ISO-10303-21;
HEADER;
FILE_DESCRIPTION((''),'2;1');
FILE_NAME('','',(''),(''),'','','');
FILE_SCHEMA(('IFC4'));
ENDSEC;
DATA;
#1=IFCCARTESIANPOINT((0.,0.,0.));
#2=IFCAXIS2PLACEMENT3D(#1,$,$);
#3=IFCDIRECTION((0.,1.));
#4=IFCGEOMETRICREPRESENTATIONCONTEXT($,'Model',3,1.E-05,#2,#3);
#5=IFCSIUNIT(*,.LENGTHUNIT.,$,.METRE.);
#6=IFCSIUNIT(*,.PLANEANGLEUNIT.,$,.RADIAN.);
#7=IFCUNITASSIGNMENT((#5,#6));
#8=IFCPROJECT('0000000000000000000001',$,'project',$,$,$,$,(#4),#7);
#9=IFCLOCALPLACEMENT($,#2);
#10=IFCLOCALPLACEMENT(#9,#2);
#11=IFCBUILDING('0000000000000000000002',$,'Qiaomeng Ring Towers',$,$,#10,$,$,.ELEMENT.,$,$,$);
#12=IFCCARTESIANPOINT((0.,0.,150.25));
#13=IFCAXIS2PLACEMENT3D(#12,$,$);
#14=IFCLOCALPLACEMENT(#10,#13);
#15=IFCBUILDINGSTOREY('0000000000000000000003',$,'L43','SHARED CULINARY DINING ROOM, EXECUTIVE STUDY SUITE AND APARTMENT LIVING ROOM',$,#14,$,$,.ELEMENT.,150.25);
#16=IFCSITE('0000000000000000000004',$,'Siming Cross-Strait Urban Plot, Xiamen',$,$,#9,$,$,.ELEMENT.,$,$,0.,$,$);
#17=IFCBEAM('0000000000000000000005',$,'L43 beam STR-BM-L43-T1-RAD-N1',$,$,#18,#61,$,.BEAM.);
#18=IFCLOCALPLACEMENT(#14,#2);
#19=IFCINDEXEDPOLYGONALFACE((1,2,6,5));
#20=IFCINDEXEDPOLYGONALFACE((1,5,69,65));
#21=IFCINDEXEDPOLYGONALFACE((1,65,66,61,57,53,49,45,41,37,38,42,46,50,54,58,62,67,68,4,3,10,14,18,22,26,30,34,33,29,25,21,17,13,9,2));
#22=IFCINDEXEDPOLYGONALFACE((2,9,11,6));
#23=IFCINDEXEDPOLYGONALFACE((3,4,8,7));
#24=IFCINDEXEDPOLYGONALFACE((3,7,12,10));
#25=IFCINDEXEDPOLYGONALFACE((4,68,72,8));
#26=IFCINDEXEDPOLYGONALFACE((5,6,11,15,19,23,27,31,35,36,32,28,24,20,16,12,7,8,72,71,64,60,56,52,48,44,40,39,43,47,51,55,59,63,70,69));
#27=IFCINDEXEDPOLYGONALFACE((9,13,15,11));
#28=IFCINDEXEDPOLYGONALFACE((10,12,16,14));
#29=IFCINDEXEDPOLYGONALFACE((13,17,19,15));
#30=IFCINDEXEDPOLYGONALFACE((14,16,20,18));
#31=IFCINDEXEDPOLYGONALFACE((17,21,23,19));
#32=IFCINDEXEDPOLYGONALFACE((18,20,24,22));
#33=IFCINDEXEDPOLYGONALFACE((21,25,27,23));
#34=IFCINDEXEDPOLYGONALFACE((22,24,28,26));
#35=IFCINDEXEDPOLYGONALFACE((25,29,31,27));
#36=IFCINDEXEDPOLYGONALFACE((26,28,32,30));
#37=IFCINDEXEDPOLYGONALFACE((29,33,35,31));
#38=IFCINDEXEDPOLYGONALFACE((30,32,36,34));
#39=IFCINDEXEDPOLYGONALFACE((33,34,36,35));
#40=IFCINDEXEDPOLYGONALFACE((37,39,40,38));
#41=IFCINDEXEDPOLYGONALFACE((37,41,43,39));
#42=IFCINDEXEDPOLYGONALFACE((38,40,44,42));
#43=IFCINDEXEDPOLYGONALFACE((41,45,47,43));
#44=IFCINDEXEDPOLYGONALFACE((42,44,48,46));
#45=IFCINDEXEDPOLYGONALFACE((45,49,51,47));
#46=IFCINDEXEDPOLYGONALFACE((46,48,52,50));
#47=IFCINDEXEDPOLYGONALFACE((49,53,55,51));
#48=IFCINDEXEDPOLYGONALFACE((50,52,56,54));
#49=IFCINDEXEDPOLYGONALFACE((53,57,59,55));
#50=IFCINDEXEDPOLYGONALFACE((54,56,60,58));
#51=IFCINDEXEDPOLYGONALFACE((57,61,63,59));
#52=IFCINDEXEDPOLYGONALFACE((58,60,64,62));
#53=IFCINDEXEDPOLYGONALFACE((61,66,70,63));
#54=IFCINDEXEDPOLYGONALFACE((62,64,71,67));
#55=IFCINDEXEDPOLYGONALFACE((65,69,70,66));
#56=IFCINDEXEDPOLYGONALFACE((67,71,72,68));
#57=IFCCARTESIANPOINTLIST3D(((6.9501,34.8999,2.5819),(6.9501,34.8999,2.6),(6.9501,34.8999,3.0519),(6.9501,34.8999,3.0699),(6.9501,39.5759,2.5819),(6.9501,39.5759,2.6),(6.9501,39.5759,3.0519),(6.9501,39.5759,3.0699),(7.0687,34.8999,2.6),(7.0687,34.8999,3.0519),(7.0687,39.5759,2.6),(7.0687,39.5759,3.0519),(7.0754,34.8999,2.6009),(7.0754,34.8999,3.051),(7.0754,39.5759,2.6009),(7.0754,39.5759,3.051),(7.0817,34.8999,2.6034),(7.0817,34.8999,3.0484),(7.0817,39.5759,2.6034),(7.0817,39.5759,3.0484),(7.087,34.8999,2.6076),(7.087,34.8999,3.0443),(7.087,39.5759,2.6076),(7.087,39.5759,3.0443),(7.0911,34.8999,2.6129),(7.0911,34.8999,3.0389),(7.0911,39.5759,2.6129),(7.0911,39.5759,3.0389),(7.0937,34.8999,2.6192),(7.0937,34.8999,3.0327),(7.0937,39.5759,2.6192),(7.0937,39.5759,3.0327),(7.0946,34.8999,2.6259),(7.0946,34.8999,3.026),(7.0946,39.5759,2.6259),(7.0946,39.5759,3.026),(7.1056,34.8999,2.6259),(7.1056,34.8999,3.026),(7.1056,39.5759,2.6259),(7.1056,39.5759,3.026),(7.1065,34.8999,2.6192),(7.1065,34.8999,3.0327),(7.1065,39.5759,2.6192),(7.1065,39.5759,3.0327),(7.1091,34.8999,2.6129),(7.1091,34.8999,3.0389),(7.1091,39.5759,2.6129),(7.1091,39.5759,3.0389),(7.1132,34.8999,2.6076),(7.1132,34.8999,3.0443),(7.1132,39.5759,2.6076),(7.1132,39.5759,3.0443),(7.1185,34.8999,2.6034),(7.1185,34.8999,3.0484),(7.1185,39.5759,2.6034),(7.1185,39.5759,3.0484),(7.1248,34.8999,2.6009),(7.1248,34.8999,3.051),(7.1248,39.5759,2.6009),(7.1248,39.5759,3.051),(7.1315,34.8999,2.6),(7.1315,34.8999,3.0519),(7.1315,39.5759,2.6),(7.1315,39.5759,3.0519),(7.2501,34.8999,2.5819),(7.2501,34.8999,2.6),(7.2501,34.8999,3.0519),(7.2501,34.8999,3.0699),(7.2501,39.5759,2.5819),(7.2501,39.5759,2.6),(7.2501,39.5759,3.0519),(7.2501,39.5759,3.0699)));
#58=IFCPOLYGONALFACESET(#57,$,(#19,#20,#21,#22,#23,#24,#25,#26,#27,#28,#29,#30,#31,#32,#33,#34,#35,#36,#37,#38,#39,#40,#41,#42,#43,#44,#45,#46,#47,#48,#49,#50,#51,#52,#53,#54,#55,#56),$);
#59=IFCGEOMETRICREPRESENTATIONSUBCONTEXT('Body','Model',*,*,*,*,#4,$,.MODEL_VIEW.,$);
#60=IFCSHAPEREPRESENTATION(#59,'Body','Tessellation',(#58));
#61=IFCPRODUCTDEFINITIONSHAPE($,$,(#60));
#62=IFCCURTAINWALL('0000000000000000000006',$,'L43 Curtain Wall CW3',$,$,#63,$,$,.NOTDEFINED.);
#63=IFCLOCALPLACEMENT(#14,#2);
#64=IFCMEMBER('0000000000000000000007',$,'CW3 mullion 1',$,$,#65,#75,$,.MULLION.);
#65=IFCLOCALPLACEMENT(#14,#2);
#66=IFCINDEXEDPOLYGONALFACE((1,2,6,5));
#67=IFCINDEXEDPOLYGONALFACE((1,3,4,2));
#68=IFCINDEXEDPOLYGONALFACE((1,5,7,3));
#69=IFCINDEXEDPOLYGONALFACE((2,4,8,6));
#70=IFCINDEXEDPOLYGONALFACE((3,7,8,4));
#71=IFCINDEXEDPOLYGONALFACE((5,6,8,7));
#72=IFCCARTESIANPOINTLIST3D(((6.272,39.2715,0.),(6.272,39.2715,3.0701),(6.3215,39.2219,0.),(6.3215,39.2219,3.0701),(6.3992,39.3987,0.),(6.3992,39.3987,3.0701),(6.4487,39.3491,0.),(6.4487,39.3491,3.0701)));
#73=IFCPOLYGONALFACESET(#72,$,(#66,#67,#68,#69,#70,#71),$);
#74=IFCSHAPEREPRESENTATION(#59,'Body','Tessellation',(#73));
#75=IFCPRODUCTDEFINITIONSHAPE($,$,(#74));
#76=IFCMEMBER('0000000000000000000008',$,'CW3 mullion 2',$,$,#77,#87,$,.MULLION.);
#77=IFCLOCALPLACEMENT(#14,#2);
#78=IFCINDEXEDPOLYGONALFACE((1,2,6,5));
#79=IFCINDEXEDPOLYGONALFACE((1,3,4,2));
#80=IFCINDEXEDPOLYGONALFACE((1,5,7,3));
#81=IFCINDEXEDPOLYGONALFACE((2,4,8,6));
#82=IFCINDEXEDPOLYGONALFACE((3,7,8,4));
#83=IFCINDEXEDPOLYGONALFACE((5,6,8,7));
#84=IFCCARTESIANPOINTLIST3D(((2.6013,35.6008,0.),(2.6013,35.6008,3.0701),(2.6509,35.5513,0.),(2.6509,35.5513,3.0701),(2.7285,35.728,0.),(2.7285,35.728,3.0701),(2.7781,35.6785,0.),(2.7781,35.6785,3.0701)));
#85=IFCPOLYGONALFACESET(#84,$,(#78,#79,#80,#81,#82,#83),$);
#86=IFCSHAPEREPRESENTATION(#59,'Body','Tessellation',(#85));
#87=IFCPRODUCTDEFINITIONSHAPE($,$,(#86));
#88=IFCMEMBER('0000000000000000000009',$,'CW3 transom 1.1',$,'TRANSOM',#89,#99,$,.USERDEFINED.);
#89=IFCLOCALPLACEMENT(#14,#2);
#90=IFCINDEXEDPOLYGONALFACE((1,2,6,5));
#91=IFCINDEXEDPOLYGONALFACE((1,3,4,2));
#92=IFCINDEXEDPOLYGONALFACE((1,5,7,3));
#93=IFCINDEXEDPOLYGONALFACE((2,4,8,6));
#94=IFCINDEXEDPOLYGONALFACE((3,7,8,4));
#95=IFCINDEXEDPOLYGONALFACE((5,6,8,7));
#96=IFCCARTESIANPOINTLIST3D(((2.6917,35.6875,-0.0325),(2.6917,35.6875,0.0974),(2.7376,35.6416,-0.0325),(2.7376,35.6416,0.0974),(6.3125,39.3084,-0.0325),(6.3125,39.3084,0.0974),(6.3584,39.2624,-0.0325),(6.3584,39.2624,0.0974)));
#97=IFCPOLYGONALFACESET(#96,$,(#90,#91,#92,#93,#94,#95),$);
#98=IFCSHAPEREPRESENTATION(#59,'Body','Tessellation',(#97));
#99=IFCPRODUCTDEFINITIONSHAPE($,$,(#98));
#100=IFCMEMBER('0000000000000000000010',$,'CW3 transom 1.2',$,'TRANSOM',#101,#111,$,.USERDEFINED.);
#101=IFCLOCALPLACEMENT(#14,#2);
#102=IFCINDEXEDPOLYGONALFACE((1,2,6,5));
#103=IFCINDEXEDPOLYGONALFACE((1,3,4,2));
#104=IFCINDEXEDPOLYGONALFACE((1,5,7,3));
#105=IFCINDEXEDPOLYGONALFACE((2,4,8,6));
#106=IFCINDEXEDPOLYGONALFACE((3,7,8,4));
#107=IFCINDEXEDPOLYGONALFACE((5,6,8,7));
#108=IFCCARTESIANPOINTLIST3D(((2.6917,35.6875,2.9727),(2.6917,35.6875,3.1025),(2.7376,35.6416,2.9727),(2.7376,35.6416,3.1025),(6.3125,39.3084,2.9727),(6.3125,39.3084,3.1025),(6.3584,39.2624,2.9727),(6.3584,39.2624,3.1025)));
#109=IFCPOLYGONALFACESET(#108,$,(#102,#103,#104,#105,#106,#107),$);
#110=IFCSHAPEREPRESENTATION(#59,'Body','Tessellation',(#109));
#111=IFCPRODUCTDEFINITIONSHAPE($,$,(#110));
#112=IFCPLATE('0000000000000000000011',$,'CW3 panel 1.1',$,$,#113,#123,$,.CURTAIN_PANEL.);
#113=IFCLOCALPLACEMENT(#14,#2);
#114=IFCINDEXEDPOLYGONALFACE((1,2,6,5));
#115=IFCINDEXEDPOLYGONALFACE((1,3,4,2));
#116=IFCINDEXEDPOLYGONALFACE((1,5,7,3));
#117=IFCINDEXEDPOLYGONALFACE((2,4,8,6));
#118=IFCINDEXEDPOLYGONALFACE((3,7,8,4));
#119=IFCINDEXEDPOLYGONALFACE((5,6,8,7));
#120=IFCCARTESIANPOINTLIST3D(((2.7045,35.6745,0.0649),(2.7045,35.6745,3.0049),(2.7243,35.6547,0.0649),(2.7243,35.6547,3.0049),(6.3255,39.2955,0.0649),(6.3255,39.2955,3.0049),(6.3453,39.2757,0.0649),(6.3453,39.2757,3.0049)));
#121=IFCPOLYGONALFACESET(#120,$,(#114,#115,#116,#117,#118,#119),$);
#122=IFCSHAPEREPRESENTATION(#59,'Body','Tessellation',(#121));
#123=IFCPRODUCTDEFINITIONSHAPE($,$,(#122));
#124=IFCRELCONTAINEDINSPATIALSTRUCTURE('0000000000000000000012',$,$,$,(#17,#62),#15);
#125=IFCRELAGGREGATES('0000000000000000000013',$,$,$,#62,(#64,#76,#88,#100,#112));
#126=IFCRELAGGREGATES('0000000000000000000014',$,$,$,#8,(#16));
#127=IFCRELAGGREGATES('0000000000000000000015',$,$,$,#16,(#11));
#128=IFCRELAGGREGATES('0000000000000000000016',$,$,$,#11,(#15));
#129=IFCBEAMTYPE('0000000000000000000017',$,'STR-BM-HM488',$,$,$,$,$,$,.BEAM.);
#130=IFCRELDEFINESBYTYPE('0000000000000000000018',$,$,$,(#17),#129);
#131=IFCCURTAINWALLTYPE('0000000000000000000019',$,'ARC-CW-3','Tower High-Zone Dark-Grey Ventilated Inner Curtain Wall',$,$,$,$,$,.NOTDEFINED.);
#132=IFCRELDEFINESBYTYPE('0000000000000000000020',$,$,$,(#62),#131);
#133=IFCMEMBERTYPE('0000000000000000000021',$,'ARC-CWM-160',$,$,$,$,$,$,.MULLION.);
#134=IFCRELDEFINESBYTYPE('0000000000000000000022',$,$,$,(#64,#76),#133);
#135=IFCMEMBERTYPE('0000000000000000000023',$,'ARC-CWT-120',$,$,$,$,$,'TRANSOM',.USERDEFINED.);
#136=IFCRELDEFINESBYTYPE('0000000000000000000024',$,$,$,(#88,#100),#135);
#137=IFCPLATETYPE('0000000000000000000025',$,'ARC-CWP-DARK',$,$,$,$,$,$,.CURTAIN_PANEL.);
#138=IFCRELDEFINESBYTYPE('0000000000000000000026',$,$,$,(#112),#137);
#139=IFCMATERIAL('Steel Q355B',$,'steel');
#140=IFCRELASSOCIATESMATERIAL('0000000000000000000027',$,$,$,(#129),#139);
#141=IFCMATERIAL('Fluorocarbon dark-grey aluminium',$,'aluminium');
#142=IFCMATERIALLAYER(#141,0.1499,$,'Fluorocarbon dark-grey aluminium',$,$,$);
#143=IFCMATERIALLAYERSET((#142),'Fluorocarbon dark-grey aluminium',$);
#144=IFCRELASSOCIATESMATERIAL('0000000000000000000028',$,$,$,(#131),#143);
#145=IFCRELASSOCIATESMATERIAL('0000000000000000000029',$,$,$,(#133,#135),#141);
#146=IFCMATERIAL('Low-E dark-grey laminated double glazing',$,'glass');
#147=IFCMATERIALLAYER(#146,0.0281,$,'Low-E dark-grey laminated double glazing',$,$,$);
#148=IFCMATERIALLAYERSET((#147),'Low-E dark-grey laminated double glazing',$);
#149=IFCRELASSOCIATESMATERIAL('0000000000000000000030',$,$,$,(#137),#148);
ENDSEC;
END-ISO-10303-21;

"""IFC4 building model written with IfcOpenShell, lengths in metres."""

from ifc_helpers import new_model, si_unit, direction, frame, origin, origin_2d, place, context, subcontext, project, spatial, rectangle, i_section, extrude, source, transform, mapped, material, layer, layer_set, material_profile, profile_set, type_object, element, aggregate, save


model = new_model("IFC4")

# Units and contexts
model_context = context("Model", 3, precision=1e-05, world=origin(), true_north=direction((0.0, 1.0)))
body_context = subcontext(model_context, "Body", "Model", "MODEL_VIEW")
ifc_project = project(units=[si_unit("LENGTHUNIT", "METRE"), si_unit("PLANEANGLEUNIT", "RADIAN")], contexts=[model_context])

# Site, building, storey
site_placement = place(None, origin())
site = spatial("IfcSite", under=ifc_project, at=site_placement, Name="Siming Cross-Strait Urban Plot, Xiamen", CompositionType="ELEMENT", RefElevation=0.0)
building_placement = place(site_placement, origin())
building = spatial("IfcBuilding", under=site, at=building_placement, Name="Qiaomeng Ring Towers", CompositionType="ELEMENT")
storey_placement = place(building_placement, frame((0.0, 0.0, 150.25)))
storey = spatial("IfcBuildingStorey", under=building, at=storey_placement, Name="L43", Description="SHARED CULINARY DINING ROOM, EXECUTIVE STUDY SUITE AND APARTMENT LIVING ROOM", CompositionType="ELEMENT", Elevation=150.25)

# Beam
ifc_material_1 = material(Name="Steel Q355B", Category="steel")
ifc_material_profile_1 = material_profile(ifc_material_1, i_section(OverallWidth=0.3, OverallDepth=0.488, WebThickness=0.011, FlangeThickness=0.0181, FilletRadius=0.0259, at=origin_2d()), Name="HM 488x300x11x18")
ifc_profile_set_1 = profile_set([ifc_material_profile_1], Name="Steel Q355B")
beam_type_1 = type_object("IfcBeamType", Name="STR-BM-HM488", PredefinedType="BEAM", material=ifc_profile_set_1)
shared_shape_1 = source(origin(), body_context, "Body", "SweptSolid", [
    extrude(i_section(OverallWidth=0.3, OverallDepth=0.488, WebThickness=0.011, FlangeThickness=0.0181, FilletRadius=0.0259, at=origin_2d()), origin(), (0.0, 0.0, 1.0), 4.676),
])
beam_1_placement = place(storey_placement, frame((7.1001, 39.5759, 2.8259), z_axis=(0.0, -1.0, 0.0), x_axis=(1.0, 0.0, 0.0)))
element("IfcBeam", 1, at=beam_1_placement, inside=storey, type_object=beam_type_1, Name="L43 beam STR-BM-L43-T1-RAD-N1", PredefinedType="BEAM", context=body_context, shape_type="MappedRepresentation", body=[
    mapped(shared_shape_1, transform((0.0, 0.0, 0.0), x_axis=(1.0, 0.0, 0.0), y_axis=(0.0, 1.0, 0.0), z_axis=(0.0, 0.0, 1.0), scale=1.0)),
])

# Curtain wall, members, plate
ifc_material_2 = material(Name="Fluorocarbon dark-grey aluminium", Category="aluminium")
ifc_layer_1 = layer(ifc_material_2, 0.1499, Name="Fluorocarbon dark-grey aluminium")
ifc_layer_set_1 = layer_set([ifc_layer_1], Name="Fluorocarbon dark-grey aluminium")
curtain_wall_type = type_object("IfcCurtainWallType", Name="ARC-CW-3", Description="Tower High-Zone Dark-Grey Ventilated Inner Curtain Wall", PredefinedType="NOTDEFINED", material=ifc_layer_set_1)
curtain_wall_placement = place(storey_placement, origin())
curtain_wall = element("IfcCurtainWall", 2, at=curtain_wall_placement, inside=storey, type_object=curtain_wall_type, Name="L43 Curtain Wall CW3", PredefinedType="NOTDEFINED")
ifc_material_profile_2 = material_profile(ifc_material_2, rectangle(XDim=0.0701, YDim=0.1799, at=origin_2d()), Name="ALU MULL 70x180")
ifc_profile_set_2 = profile_set([ifc_material_profile_2], Name="Fluorocarbon dark-grey aluminium")
member_type_1 = type_object("IfcMemberType", Name="ARC-CWM-160", PredefinedType="MULLION", material=ifc_profile_set_2)
shared_shape_2 = source(origin(), body_context, "Body", "SweptSolid", [
    extrude(rectangle(XDim=0.0701, YDim=0.1799, at=origin_2d()), origin(), (0.0, 0.0, 1.0), 3.0701),
])
member_1_placement = place(storey_placement, frame((6.3604, 39.3103, 0.0), z_axis=(0.0, 0.0, 1.0), x_axis=(0.707107, -0.707107, 0.0)))
member_1 = element("IfcMember", 3, at=member_1_placement, type_object=member_type_1, Name="CW3 mullion 1", PredefinedType="MULLION", context=body_context, shape_type="MappedRepresentation", body=[
    mapped(shared_shape_2, transform((0.0, 0.0, 0.0), x_axis=(1.0, 0.0, 0.0), y_axis=(0.0, 1.0, 0.0), z_axis=(0.0, 0.0, 1.0), scale=1.0)),
])
member_2_placement = place(storey_placement, frame((2.6897, 35.6396, 0.0), z_axis=(0.0, 0.0, 1.0), x_axis=(0.707107, -0.707107, 0.0)))
member_2 = element("IfcMember", 4, at=member_2_placement, type_object=member_type_1, Name="CW3 mullion 2", PredefinedType="MULLION", context=body_context, shape_type="MappedRepresentation", body=[
    mapped(shared_shape_2, transform((0.0, 0.0, 0.0), x_axis=(1.0, 0.0, 0.0), y_axis=(0.0, 1.0, 0.0), z_axis=(0.0, 0.0, 1.0), scale=1.0)),
])
ifc_material_profile_3 = material_profile(ifc_material_2, rectangle(XDim=0.0649, YDim=0.1299, at=origin_2d()), Name="ALU TRAN 65x130")
ifc_profile_set_3 = profile_set([ifc_material_profile_3], Name="Fluorocarbon dark-grey aluminium")
member_type_2 = type_object("IfcMemberType", Name="ARC-CWT-120", ElementType="TRANSOM", PredefinedType="USERDEFINED", material=ifc_profile_set_3)
shared_shape_3 = source(origin(), body_context, "Body", "SweptSolid", [
    extrude(rectangle(XDim=0.0649, YDim=0.1299, at=origin_2d()), origin(), (0.0, 0.0, 1.0), 5.1206),
])
member_3_placement = place(storey_placement, frame((6.3354, 39.2854, 0.0325), z_axis=(-0.707107, -0.707107, 0.0), x_axis=(0.707107, -0.707107, 0.0)))
member_3 = element("IfcMember", 5, at=member_3_placement, type_object=member_type_2, Name="CW3 transom 1.1", ObjectType="TRANSOM", PredefinedType="USERDEFINED", context=body_context, shape_type="MappedRepresentation", body=[
    mapped(shared_shape_3, transform((0.0, 0.0, 0.0), x_axis=(1.0, 0.0, 0.0), y_axis=(0.0, 1.0, 0.0), z_axis=(0.0, 0.0, 1.0), scale=1.0)),
])
member_4_placement = place(storey_placement, frame((6.3354, 39.2854, 3.0376), z_axis=(-0.707107, -0.707107, 0.0), x_axis=(0.707107, -0.707107, 0.0)))
member_4 = element("IfcMember", 6, at=member_4_placement, type_object=member_type_2, Name="CW3 transom 1.2", ObjectType="TRANSOM", PredefinedType="USERDEFINED", context=body_context, shape_type="MappedRepresentation", body=[
    mapped(shared_shape_3, transform((0.0, 0.0, 0.0), x_axis=(1.0, 0.0, 0.0), y_axis=(0.0, 1.0, 0.0), z_axis=(0.0, 0.0, 1.0), scale=1.0)),
])
ifc_material_3 = material(Name="Low-E dark-grey laminated double glazing", Category="glass")
ifc_layer_2 = layer(ifc_material_3, 0.0281, Name="Low-E dark-grey laminated double glazing")
ifc_layer_set_2 = layer_set([ifc_layer_2], Name="Low-E dark-grey laminated double glazing")
plate_type = type_object("IfcPlateType", Name="ARC-CWP-DARK", PredefinedType="CURTAIN_PANEL", material=ifc_layer_set_2)
shared_shape_4 = source(origin(), body_context, "Body", "SweptSolid", [
    extrude(rectangle(XDim=5.1208, YDim=0.0281, at=origin_2d()), origin(), (0.0, 0.0, 1.0), 2.9399),
])
plate_placement = place(storey_placement, frame((4.5249, 37.4751, 0.0649), z_axis=(0.0, 0.0, 1.0), x_axis=(-0.707107, -0.707107, 0.0)))
plate = element("IfcPlate", 7, at=plate_placement, type_object=plate_type, Name="CW3 panel 1.1", PredefinedType="CURTAIN_PANEL", context=body_context, shape_type="MappedRepresentation", body=[
    mapped(shared_shape_4, transform((0.0, 0.0, 0.0), x_axis=(1.0, 0.0, 0.0), y_axis=(0.0, 1.0, 0.0), z_axis=(0.0, 0.0, 1.0), scale=1.0)),
])
aggregate(curtain_wall, [member_1, member_2, member_3, member_4, plate])

save(model, "model.ifc")
